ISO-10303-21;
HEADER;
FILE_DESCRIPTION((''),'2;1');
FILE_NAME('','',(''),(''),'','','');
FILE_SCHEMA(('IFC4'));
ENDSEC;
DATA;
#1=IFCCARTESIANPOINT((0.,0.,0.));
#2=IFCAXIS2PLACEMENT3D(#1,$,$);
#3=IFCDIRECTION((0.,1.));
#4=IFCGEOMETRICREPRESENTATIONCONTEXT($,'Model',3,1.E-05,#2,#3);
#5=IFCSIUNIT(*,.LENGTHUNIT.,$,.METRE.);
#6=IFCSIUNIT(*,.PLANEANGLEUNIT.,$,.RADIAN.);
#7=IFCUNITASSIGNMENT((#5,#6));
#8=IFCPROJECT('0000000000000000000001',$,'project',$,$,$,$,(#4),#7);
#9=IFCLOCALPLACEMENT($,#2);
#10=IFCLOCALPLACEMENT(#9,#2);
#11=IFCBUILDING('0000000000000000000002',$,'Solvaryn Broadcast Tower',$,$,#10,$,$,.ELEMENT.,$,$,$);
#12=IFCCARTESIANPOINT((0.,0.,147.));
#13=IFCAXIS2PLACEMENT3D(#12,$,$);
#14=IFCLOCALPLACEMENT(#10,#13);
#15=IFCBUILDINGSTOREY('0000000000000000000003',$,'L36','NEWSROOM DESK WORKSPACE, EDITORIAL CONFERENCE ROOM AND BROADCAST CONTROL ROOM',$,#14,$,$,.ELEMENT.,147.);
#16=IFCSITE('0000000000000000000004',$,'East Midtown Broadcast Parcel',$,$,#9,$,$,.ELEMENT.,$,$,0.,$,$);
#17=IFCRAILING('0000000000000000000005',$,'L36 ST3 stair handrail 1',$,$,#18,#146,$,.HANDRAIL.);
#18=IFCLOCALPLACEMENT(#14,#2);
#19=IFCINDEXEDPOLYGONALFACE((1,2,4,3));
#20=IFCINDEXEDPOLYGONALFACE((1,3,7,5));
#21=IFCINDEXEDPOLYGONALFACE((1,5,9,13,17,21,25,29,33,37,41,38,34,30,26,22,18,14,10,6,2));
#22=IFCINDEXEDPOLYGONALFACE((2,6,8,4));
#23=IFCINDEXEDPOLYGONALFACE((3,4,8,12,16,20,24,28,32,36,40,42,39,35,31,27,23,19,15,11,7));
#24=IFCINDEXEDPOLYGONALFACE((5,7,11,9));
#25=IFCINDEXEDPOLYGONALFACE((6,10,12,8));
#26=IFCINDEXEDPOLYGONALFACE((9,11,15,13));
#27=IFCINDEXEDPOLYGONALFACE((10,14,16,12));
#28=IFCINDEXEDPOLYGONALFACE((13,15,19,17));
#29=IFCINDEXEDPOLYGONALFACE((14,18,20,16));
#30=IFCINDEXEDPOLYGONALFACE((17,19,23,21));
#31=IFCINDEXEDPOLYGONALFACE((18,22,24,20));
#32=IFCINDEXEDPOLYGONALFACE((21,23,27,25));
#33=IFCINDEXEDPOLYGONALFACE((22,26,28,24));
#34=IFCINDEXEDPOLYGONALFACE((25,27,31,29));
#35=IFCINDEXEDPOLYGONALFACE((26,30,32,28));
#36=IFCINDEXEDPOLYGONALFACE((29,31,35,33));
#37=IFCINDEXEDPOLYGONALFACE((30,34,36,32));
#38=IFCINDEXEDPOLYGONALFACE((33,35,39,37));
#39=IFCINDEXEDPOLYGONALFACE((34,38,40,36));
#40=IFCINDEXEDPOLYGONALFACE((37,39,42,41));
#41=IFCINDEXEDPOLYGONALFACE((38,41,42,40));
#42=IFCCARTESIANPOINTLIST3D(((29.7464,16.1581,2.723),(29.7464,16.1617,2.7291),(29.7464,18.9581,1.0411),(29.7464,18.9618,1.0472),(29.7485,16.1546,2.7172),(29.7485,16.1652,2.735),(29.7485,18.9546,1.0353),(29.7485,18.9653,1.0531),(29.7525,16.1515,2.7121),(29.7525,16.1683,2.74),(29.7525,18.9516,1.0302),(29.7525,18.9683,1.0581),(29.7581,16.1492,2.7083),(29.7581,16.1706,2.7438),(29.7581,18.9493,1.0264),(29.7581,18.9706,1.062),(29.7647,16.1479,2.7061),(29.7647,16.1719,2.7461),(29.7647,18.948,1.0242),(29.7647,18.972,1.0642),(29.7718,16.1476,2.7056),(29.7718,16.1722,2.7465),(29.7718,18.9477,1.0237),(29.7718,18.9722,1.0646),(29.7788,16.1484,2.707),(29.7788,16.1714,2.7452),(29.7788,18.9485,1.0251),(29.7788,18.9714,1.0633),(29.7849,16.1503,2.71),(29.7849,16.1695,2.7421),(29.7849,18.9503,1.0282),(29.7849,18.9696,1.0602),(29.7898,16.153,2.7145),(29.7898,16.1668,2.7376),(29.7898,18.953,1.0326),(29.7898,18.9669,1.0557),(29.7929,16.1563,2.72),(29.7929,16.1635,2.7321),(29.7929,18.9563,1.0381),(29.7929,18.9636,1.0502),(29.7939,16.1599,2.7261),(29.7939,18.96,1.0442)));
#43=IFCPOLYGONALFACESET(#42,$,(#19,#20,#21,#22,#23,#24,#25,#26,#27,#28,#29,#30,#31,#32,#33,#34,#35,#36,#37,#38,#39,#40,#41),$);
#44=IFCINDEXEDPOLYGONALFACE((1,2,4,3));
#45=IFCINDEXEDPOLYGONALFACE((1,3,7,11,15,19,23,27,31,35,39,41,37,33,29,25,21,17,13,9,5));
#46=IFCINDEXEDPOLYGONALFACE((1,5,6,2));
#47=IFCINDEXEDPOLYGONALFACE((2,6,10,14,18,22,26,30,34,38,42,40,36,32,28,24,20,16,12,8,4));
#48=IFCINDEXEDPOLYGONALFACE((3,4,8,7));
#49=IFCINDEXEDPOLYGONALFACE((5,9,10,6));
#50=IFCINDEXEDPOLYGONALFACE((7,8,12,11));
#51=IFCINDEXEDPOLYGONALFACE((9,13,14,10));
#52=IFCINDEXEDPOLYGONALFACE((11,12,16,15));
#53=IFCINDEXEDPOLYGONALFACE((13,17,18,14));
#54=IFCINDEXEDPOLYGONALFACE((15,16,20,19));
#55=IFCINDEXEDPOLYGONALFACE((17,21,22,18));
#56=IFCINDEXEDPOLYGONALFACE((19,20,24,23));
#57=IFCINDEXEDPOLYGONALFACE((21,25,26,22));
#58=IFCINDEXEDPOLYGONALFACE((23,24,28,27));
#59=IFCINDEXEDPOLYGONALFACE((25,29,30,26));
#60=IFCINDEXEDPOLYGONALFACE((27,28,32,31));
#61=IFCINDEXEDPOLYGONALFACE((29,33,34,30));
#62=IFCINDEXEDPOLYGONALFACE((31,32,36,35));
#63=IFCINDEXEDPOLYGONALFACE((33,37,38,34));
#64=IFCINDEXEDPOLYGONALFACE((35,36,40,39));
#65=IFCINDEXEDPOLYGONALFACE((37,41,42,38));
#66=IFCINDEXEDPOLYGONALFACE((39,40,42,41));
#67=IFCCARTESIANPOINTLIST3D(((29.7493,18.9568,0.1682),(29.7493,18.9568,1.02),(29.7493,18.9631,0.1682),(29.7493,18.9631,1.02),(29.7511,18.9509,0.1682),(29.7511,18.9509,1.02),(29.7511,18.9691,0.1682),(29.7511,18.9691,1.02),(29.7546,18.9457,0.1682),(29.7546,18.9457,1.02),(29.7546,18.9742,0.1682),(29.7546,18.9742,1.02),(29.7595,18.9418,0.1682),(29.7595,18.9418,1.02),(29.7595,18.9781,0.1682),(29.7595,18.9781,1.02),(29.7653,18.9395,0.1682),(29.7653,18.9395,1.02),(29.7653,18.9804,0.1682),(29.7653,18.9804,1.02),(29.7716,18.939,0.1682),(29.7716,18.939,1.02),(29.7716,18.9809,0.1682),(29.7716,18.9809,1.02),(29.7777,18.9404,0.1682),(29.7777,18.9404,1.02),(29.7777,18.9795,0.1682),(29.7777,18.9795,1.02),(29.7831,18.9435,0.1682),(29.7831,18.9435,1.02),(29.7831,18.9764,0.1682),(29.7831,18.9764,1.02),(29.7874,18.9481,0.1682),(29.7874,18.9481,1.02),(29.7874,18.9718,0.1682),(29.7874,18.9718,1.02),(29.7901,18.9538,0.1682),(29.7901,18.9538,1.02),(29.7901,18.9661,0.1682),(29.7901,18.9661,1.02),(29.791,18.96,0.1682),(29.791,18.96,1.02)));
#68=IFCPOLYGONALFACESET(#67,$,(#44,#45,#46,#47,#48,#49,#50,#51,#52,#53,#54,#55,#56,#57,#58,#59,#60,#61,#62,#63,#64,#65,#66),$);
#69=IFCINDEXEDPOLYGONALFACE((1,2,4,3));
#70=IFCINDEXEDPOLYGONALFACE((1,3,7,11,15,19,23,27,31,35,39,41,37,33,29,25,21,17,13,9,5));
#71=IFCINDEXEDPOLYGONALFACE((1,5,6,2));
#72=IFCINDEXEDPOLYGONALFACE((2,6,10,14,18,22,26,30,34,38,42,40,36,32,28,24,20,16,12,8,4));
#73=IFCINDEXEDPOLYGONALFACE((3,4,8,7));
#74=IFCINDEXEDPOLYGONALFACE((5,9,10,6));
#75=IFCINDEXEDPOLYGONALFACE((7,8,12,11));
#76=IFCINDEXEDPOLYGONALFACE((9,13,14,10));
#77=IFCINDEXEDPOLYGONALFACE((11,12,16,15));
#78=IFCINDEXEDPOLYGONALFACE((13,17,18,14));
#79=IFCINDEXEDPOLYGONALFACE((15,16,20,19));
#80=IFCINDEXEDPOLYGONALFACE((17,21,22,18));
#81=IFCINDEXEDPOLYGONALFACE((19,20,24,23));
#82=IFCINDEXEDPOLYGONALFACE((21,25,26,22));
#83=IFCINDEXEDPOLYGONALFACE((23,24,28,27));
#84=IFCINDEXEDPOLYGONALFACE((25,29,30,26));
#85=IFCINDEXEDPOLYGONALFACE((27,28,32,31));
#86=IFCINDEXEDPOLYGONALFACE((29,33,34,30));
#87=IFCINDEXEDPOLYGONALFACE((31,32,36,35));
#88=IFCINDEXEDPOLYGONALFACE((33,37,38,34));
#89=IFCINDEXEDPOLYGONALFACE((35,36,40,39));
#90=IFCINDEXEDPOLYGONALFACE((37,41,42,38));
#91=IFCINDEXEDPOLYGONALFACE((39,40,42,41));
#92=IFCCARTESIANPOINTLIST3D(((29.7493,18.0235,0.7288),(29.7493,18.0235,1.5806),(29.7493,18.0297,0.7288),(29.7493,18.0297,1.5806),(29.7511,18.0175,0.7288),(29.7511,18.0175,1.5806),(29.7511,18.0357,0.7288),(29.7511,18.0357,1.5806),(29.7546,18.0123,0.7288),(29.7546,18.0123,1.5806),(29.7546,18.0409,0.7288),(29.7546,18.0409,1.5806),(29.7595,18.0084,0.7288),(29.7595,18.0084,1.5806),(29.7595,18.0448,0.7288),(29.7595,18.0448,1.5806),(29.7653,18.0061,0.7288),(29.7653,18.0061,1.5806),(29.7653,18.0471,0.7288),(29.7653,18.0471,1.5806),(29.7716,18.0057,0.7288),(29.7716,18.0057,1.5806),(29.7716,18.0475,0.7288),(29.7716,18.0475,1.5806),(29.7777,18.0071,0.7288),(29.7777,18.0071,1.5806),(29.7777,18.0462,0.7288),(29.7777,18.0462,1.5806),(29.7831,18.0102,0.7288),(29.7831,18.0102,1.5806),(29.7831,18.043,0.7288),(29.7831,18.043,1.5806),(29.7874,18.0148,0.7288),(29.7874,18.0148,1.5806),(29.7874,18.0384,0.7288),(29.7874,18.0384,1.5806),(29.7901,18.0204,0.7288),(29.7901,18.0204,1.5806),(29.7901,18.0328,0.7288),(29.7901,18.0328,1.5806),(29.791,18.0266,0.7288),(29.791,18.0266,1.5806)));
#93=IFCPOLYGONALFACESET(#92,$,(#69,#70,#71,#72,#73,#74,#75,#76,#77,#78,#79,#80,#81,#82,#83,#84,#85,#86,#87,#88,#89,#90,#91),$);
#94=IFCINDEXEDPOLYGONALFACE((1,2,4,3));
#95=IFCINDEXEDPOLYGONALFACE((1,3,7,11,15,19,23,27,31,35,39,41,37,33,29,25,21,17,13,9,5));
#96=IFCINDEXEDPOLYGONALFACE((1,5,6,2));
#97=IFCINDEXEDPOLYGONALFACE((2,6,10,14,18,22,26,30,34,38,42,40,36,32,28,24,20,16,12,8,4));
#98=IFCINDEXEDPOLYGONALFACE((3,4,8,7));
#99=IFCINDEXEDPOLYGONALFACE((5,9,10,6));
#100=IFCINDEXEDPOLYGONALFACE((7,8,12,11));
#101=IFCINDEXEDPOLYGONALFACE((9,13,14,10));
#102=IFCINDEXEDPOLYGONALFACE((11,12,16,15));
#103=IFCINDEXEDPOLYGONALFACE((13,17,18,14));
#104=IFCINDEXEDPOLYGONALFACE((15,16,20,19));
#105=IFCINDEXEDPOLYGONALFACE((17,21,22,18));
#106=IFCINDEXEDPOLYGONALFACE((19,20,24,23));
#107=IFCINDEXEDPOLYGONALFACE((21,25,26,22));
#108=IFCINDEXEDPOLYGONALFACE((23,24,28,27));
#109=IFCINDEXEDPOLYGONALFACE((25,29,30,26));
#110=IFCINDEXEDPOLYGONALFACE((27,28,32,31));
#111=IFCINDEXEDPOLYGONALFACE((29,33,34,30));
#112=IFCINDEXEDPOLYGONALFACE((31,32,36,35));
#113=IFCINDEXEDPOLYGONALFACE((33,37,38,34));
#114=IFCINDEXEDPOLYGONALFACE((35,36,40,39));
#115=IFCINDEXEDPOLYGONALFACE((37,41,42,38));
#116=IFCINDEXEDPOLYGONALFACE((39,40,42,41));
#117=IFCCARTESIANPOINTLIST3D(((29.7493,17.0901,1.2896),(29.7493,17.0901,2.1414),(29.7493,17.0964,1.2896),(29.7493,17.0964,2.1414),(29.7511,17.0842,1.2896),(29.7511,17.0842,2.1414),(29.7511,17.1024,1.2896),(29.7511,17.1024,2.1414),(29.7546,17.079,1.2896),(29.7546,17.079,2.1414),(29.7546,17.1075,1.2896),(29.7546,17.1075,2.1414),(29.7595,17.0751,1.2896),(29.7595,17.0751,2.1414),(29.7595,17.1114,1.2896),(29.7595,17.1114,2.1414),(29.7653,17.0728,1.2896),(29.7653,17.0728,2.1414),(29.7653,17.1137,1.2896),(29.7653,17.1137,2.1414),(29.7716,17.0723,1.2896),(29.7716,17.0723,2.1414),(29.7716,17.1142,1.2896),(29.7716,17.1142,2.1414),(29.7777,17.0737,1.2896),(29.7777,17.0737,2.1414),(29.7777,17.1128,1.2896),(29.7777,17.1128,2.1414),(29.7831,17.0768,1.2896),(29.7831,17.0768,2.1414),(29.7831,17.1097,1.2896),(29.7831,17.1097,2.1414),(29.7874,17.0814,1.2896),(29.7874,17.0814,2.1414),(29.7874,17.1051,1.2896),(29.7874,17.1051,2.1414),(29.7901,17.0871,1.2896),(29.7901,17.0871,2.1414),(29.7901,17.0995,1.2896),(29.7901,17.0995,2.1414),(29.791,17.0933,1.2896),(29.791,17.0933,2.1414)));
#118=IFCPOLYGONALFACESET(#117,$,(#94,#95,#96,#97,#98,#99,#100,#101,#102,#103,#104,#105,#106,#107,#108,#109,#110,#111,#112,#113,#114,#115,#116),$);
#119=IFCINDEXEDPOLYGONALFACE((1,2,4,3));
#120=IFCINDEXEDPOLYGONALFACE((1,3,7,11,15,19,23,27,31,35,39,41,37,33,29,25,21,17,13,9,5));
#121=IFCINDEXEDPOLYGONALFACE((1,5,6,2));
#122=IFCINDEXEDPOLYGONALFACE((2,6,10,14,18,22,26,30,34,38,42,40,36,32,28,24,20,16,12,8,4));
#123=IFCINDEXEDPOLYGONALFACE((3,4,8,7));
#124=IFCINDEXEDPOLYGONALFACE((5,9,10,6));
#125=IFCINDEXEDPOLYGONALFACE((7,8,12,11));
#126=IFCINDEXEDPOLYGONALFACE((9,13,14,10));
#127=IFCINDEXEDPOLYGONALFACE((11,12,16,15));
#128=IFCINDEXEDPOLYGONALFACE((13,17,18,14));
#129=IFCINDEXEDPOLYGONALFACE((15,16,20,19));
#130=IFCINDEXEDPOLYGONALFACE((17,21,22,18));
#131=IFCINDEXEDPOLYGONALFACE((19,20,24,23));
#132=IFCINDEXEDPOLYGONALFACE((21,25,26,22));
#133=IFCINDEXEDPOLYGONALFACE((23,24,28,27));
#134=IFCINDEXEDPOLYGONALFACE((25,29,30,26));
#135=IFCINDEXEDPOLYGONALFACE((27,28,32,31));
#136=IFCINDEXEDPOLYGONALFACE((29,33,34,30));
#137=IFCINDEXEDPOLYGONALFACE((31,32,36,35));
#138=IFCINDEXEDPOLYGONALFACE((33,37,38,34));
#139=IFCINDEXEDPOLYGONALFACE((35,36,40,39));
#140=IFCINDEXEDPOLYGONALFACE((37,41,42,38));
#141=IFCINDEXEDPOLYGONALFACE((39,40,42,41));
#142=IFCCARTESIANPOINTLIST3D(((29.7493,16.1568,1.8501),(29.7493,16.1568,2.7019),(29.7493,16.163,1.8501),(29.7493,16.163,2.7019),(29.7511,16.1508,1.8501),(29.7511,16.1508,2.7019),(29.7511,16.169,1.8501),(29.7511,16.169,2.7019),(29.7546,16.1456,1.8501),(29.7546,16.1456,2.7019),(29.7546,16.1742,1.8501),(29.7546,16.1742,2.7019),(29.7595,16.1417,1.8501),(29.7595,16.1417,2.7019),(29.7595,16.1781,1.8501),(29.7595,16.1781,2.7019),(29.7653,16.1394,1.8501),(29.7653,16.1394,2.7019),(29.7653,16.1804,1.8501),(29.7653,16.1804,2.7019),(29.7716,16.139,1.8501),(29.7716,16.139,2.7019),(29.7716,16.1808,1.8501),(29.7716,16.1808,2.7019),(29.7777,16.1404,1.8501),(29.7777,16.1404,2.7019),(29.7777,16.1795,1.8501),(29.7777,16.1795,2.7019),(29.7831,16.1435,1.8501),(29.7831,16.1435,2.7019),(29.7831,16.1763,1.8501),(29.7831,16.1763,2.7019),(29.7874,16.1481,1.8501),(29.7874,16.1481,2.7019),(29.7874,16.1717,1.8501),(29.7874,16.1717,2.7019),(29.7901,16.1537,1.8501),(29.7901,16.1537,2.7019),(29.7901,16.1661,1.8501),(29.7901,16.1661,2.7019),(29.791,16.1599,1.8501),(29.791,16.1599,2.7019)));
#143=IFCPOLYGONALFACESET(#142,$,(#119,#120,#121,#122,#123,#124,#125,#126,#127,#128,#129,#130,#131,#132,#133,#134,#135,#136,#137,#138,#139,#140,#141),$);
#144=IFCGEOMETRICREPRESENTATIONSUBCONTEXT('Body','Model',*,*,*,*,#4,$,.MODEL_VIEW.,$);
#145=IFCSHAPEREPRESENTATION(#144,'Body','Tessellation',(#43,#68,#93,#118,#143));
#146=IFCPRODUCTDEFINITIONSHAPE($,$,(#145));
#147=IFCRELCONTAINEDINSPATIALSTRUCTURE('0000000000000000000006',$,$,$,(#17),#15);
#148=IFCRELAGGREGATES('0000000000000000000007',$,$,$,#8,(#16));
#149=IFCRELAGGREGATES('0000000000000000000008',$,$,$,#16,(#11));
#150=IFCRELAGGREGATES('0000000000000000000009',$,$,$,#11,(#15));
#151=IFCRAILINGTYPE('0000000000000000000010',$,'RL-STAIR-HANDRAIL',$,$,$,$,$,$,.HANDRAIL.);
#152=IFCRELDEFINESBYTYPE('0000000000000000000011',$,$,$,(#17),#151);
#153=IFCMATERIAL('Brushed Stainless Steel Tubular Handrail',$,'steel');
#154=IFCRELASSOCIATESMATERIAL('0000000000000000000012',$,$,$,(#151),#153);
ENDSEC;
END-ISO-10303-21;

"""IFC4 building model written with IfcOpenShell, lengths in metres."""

from ifc_helpers import new_model, si_unit, direction, frame, origin, origin_2d, place, context, subcontext, project, spatial, circle, extrude, material, type_object, element, save


model = new_model("IFC4")

# Units and contexts
model_context = context("Model", 3, precision=1e-05, world=origin(), true_north=direction((0.0, 1.0)))
body_context = subcontext(model_context, "Body", "Model", "MODEL_VIEW")
ifc_project = project(units=[si_unit("LENGTHUNIT", "METRE"), si_unit("PLANEANGLEUNIT", "RADIAN")], contexts=[model_context])

# Site, building, storey
site_placement = place(None, origin())
site = spatial("IfcSite", under=ifc_project, at=site_placement, Name="East Midtown Broadcast Parcel", CompositionType="ELEMENT", RefElevation=0.0)
building_placement = place(site_placement, origin())
building = spatial("IfcBuilding", under=site, at=building_placement, Name="Solvaryn Broadcast Tower", CompositionType="ELEMENT")
storey_placement = place(building_placement, frame((0.0, 0.0, 147.0)))
storey = spatial("IfcBuildingStorey", under=building, at=storey_placement, Name="L36", Description="NEWSROOM DESK WORKSPACE, EDITORIAL CONFERENCE ROOM AND BROADCAST CONTROL ROOM", CompositionType="ELEMENT", Elevation=147.0)

# Railing
ifc_material_1 = material(Name="Brushed Stainless Steel Tubular Handrail", Category="steel")
railing_type_1 = type_object("IfcRailingType", Name="RL-STAIR-HANDRAIL", PredefinedType="HANDRAIL", material=ifc_material_1)
railing_1_placement = place(storey_placement, frame((29.77, 18.96, 0.1682)))
element("IfcRailing", 1, at=railing_1_placement, inside=storey, type_object=railing_type_1, Name="L36 ST3 stair handrail 1", PredefinedType="HANDRAIL", context=body_context, shape_type="SweptSolid", body=[
    extrude(circle(Radius=0.0239, at=origin_2d()), frame((0.0, 0.0, 0.876), z_axis=(0.0, -0.857242, 0.514913), x_axis=(1.0, 0.0, 0.0)), (0.0, 0.0, 1.0), 3.2664),
    extrude(circle(Radius=0.021, at=origin_2d()), origin(), (0.0, 0.0, 1.0), 0.8518),
    extrude(circle(Radius=0.021, at=origin_2d()), frame((0.0, -0.9333, 0.5605)), (0.0, 0.0, 1.0), 0.8518),
    extrude(circle(Radius=0.021, at=origin_2d()), frame((0.0, -1.8667, 1.1213)), (0.0, 0.0, 1.0), 0.8518),
    extrude(circle(Radius=0.021, at=origin_2d()), frame((0.0, -2.8, 1.6819)), (0.0, 0.0, 1.0), 0.8518),
])

save(model, "model.ifc")
